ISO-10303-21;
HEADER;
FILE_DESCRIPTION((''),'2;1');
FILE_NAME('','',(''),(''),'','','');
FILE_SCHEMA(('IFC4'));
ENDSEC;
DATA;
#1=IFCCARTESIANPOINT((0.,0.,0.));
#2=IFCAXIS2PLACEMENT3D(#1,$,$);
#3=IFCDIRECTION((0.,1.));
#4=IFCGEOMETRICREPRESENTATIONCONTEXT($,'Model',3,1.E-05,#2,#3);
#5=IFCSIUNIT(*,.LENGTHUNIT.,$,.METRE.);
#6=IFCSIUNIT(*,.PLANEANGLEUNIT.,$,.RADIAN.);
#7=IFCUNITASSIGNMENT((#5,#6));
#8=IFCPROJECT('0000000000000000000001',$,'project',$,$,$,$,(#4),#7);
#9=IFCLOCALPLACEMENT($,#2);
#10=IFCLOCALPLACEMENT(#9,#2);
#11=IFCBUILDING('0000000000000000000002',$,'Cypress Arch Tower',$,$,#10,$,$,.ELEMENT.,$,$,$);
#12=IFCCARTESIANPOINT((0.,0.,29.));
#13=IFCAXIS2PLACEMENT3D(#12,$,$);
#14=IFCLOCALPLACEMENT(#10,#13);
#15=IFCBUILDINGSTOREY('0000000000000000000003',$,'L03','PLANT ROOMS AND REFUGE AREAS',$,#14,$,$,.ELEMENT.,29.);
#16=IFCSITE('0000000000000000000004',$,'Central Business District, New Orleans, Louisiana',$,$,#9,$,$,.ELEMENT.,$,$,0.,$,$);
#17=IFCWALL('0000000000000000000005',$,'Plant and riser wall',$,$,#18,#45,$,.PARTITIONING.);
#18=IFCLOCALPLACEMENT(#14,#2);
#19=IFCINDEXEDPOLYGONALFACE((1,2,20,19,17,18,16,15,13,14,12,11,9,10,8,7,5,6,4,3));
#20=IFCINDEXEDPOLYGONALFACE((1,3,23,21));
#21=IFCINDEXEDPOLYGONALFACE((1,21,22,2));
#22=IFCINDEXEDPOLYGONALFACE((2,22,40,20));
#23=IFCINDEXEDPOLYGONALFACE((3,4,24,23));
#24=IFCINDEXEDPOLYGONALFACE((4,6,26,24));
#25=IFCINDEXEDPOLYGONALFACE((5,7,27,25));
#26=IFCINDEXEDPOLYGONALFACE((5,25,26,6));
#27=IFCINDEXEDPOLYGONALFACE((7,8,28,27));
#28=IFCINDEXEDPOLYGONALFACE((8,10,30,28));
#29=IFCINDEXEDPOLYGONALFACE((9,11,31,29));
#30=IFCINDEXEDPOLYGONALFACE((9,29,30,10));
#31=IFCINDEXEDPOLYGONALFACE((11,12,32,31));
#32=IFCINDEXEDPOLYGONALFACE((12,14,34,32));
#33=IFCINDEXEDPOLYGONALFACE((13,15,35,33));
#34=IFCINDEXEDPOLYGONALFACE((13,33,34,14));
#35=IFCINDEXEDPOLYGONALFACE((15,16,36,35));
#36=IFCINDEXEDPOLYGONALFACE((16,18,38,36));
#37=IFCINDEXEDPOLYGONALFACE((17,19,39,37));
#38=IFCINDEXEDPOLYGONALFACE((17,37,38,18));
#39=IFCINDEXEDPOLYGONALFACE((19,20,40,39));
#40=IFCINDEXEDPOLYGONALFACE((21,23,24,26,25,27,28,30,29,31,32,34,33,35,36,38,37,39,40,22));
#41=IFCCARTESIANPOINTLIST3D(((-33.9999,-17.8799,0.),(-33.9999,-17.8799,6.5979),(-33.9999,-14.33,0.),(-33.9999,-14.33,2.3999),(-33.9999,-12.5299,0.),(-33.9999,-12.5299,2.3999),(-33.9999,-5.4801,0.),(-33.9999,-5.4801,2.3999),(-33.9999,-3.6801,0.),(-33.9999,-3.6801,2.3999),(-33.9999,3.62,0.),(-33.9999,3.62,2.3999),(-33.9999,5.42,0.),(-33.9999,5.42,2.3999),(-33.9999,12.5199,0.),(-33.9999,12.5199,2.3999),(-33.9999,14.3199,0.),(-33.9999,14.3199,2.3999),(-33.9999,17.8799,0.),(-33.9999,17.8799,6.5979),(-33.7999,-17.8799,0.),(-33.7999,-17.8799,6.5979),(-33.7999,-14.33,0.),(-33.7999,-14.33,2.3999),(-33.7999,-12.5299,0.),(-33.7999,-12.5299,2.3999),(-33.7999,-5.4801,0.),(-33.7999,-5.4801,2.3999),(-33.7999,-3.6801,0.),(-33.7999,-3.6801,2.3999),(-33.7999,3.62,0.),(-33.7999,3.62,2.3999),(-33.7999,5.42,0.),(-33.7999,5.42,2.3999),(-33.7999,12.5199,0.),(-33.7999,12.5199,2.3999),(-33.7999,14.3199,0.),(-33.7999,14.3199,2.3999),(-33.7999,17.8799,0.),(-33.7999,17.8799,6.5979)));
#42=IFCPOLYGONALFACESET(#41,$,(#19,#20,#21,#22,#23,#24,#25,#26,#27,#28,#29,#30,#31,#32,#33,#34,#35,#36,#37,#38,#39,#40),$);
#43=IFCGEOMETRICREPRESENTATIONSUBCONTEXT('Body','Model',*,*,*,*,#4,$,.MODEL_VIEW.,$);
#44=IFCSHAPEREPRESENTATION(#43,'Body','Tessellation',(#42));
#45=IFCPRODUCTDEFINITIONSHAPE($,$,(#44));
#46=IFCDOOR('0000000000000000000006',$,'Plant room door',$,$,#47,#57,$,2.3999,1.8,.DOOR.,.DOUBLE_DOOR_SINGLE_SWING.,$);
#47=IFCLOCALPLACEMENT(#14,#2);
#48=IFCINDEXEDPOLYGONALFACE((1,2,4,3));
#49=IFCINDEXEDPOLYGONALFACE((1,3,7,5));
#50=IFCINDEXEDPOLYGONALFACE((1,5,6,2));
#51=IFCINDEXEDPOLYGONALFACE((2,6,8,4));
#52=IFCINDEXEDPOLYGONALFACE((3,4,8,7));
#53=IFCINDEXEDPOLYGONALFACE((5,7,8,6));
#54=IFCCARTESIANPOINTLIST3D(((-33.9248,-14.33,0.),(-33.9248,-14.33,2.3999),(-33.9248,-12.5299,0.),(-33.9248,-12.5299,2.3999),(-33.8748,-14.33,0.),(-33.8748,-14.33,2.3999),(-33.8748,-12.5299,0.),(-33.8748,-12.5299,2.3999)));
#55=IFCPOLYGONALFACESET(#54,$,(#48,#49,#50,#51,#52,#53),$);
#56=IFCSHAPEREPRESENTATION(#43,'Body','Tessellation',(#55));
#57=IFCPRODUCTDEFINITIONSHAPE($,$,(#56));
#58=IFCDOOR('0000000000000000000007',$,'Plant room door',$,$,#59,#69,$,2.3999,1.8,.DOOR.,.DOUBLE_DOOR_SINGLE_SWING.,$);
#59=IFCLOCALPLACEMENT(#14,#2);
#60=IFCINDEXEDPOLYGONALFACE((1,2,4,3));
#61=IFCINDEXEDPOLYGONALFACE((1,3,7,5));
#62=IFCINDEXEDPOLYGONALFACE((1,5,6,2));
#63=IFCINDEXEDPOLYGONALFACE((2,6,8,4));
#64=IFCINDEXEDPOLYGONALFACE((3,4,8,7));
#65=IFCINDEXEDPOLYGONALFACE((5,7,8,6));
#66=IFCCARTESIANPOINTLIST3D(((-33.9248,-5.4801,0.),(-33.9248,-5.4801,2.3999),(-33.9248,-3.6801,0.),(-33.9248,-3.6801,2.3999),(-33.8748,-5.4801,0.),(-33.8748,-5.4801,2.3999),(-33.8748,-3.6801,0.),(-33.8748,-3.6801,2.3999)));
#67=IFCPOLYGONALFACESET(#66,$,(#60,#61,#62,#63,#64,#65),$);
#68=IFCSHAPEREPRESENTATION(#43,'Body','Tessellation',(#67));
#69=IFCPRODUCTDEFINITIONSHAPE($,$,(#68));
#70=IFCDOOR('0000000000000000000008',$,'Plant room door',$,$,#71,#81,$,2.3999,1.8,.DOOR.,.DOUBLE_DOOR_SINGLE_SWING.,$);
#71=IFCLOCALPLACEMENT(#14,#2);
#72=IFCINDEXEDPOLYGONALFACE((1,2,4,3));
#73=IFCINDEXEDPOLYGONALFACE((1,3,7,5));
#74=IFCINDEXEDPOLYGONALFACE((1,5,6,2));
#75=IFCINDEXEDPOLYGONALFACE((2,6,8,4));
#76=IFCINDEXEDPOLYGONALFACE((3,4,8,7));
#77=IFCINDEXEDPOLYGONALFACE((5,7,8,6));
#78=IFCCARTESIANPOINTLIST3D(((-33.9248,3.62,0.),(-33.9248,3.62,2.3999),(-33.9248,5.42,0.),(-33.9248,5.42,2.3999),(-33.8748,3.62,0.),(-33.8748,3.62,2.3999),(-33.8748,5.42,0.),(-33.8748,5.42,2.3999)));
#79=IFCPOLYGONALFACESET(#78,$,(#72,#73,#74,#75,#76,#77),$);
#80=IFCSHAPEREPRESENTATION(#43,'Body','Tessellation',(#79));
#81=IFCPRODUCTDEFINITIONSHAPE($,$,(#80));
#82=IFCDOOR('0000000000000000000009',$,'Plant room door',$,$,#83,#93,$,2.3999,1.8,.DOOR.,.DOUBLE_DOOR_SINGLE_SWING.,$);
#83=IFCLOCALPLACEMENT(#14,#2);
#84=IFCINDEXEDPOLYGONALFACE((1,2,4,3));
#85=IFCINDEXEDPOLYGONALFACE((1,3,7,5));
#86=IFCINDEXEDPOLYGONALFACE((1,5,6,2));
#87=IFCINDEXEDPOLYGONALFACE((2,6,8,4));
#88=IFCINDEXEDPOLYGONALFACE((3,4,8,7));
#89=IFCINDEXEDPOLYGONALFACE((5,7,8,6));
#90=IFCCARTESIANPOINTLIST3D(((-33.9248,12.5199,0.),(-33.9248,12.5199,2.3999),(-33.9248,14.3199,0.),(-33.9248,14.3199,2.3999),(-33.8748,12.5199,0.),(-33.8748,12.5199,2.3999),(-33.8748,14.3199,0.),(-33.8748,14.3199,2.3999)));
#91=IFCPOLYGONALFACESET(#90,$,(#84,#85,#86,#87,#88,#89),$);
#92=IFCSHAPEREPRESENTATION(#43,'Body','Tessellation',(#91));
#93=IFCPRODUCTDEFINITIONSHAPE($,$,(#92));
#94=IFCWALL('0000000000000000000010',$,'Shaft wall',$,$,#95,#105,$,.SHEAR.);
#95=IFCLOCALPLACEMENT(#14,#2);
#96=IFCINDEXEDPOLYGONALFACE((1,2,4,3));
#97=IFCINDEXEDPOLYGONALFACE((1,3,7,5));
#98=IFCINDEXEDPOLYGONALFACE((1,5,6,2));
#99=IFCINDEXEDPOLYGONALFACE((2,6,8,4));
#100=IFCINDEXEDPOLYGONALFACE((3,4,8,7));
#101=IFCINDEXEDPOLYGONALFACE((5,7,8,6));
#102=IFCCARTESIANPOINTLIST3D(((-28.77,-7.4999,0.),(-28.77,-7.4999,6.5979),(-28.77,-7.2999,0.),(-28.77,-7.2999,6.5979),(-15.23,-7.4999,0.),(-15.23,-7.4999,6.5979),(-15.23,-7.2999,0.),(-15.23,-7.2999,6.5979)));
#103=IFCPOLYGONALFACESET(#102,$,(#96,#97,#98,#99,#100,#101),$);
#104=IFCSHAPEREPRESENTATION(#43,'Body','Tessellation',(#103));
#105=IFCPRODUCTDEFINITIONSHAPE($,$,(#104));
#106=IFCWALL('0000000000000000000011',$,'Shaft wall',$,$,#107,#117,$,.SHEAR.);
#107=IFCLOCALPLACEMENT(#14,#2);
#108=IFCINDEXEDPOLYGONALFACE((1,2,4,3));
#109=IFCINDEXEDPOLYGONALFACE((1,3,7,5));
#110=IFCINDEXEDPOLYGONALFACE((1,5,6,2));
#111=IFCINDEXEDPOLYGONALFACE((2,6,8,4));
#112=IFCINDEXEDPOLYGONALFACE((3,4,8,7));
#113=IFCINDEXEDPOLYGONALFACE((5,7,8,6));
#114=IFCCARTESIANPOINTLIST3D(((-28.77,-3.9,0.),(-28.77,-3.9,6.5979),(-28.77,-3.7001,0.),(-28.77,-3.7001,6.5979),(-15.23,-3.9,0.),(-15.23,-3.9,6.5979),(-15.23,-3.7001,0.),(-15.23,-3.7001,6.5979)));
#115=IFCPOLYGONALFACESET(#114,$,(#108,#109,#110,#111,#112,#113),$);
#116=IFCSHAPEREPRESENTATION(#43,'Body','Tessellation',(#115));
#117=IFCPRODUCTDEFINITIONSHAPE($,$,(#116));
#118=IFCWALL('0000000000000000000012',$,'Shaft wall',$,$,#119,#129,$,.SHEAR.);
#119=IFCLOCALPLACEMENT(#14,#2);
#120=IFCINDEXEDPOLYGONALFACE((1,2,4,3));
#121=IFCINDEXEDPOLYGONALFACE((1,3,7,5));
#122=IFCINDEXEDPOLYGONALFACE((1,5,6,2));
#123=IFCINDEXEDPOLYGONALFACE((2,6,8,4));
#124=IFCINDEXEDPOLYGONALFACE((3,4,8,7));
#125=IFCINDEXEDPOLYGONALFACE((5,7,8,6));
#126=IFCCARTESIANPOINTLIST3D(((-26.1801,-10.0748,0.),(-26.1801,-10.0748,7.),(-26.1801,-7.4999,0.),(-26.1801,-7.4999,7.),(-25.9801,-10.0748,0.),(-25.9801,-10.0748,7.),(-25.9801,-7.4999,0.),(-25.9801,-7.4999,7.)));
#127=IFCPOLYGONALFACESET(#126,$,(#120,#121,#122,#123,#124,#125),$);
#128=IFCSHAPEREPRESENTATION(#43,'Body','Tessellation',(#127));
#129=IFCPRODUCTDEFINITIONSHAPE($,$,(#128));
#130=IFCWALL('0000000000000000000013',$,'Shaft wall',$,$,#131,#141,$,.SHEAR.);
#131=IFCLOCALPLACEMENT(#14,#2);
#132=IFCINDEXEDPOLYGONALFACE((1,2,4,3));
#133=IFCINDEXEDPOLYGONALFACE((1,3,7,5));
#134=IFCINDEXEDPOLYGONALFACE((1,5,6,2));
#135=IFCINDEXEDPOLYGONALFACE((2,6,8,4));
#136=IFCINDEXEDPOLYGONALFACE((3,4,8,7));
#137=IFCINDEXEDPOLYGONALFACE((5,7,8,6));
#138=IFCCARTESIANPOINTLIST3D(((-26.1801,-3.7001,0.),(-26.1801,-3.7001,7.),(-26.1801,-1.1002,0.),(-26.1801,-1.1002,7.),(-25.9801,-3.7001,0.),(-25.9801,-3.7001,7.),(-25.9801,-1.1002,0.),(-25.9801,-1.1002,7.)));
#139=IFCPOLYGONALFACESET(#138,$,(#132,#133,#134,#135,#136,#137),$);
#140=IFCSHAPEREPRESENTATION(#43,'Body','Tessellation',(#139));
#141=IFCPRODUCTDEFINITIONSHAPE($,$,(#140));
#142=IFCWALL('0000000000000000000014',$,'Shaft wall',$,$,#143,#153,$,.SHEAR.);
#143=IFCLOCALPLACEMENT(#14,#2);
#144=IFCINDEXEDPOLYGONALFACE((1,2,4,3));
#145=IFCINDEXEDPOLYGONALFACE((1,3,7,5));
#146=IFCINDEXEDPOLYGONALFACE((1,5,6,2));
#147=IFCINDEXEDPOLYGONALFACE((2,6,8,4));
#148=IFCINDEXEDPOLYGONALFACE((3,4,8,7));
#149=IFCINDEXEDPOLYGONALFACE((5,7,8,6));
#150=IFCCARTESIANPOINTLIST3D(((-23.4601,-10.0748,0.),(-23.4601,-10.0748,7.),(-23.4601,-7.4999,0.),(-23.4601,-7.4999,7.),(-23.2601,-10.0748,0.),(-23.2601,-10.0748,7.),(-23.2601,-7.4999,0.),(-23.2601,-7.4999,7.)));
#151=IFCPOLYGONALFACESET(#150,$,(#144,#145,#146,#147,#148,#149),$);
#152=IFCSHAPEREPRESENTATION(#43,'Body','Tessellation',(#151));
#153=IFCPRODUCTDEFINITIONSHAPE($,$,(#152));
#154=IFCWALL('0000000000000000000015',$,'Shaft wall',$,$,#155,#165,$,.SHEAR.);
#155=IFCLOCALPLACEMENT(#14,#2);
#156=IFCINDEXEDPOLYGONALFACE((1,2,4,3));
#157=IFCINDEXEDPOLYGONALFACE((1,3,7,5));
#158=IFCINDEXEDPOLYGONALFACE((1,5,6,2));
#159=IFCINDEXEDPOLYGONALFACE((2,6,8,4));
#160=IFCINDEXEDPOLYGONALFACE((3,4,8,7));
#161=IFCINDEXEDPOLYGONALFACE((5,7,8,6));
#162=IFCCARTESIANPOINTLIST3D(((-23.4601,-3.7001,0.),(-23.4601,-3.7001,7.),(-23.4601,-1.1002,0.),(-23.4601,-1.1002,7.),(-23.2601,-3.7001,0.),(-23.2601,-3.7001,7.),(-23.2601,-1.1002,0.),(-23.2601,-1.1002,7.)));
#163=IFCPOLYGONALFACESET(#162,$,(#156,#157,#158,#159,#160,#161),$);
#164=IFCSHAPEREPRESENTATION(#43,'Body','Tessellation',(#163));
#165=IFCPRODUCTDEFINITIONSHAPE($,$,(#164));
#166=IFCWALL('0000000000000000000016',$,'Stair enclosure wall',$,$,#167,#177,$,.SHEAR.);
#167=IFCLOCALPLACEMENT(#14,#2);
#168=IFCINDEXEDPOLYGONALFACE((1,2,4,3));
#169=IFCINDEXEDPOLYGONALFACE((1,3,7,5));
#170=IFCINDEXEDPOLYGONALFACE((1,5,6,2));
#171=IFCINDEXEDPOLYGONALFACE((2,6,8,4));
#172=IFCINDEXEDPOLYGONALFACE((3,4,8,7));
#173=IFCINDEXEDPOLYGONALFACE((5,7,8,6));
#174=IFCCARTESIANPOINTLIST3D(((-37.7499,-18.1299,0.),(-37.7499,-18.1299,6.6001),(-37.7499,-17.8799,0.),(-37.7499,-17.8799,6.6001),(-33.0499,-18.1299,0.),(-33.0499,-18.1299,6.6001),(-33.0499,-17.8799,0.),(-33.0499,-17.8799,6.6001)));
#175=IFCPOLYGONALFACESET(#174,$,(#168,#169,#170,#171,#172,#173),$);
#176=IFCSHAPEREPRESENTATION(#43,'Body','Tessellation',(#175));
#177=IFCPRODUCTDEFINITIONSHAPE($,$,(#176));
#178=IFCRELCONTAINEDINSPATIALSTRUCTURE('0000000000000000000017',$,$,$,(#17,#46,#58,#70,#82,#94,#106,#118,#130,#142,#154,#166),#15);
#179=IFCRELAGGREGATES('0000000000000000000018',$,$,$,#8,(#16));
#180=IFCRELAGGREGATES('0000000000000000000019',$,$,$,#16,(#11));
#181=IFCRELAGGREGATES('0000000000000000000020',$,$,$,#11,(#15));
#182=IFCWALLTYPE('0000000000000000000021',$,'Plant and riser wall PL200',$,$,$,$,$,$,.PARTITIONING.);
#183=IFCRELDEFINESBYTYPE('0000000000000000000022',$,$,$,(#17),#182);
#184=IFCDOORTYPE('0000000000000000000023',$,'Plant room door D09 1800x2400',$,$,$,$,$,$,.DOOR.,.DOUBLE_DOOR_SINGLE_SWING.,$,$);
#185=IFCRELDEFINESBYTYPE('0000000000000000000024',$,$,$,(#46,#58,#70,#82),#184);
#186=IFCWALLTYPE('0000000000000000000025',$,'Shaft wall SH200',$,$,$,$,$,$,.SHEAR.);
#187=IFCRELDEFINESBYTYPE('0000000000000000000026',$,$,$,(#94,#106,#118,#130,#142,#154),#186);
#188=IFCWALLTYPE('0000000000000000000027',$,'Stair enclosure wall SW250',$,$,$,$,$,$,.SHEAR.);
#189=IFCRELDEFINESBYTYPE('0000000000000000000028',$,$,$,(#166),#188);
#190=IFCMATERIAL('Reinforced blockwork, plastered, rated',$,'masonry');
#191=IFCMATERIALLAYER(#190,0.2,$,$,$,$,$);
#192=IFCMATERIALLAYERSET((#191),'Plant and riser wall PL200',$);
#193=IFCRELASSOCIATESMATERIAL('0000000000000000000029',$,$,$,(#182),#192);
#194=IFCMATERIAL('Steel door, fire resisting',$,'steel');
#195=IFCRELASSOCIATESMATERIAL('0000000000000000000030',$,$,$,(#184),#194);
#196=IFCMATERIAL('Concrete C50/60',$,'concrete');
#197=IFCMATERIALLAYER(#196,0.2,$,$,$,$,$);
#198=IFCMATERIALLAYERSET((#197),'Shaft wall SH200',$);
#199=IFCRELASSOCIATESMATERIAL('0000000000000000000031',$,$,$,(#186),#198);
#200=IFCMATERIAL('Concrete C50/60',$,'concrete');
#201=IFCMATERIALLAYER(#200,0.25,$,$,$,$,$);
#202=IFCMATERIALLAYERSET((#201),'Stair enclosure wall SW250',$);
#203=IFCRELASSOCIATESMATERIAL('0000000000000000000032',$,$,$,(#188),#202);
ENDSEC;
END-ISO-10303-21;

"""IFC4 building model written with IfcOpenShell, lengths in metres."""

from ifc_helpers import new_model, si_unit, direction, frame, frame_2d, origin, place, context, subcontext, project, spatial, rectangle, extrude, material, layer, layer_set, type_object, element, fill, save


model = new_model("IFC4")

# Units and contexts
model_context = context("Model", 3, precision=1e-05, world=origin(), true_north=direction((0.0, 1.0)))
body_context = subcontext(model_context, "Body", "Model", "MODEL_VIEW")
ifc_project = project(units=[si_unit("LENGTHUNIT", "METRE"), si_unit("PLANEANGLEUNIT", "RADIAN")], contexts=[model_context])

# Site, building, storey
site_placement = place(None, origin())
site = spatial("IfcSite", under=ifc_project, at=site_placement, Name="Central Business District, New Orleans, Louisiana", CompositionType="ELEMENT", RefElevation=0.0)
building_placement = place(site_placement, origin())
building = spatial("IfcBuilding", under=site, at=building_placement, Name="Cypress Arch Tower", CompositionType="ELEMENT")
storey_placement = place(building_placement, frame((0.0, 0.0, 29.0)))
storey = spatial("IfcBuildingStorey", under=building, at=storey_placement, Name="L03", Description="PLANT ROOMS AND REFUGE AREAS", CompositionType="ELEMENT", Elevation=29.0)

# Shared definitions
ifc_material_1 = material(Name="Reinforced blockwork, plastered, rated", Category="masonry")
ifc_layer_1 = layer(ifc_material_1, 0.2)
ifc_layer_set_1 = layer_set([ifc_layer_1], Name="Plant and riser wall PL200")
wall_type_1 = type_object("IfcWallType", Name="Plant and riser wall PL200", PredefinedType="PARTITIONING", material=ifc_layer_set_1)

# Wall, openings, doors
wall_1_placement = place(storey_placement, frame((-33.8999, -17.8799, 0.0), z_axis=(0.0, 0.0, 1.0), x_axis=(0.0, 1.0, 0.0)))
wall_1 = element("IfcWall", 1, at=wall_1_placement, inside=storey, type_object=wall_type_1, Name="Plant and riser wall", PredefinedType="PARTITIONING", context=body_context, shape_type="SweptSolid", body=[
    extrude(rectangle(XDim=35.7598, YDim=0.2, at=frame_2d((17.8799, 0.0))), origin(), (0.0, 0.0, 1.0), 6.5979),
])
opening_1_placement = place(wall_1_placement, frame((3.55, 0.0, 0.0)))
opening_1 = element("IfcOpeningElement", 2, at=opening_1_placement, cuts=wall_1, PredefinedType="OPENING", context=body_context, shape_type="SweptSolid", body=[
    extrude(rectangle(XDim=1.8, YDim=2.3999, at=frame_2d((0.8999, 1.2))), frame((0.0, 0.1099, 0.0), z_axis=(0.0, -1.0, 0.0), x_axis=(1.0, 0.0, 0.0)), (0.0, 0.0, 1.0), 0.22),
])
opening_2_placement = place(wall_1_placement, frame((12.3999, 0.0, 0.0)))
opening_2 = element("IfcOpeningElement", 3, at=opening_2_placement, cuts=wall_1, PredefinedType="OPENING", context=body_context, shape_type="SweptSolid", body=[
    extrude(rectangle(XDim=1.8, YDim=2.3999, at=frame_2d((0.8999, 1.2))), frame((0.0, 0.1099, 0.0), z_axis=(0.0, -1.0, 0.0), x_axis=(1.0, 0.0, 0.0)), (0.0, 0.0, 1.0), 0.22),
])
opening_3_placement = place(wall_1_placement, frame((21.5, 0.0, 0.0)))
opening_3 = element("IfcOpeningElement", 4, at=opening_3_placement, cuts=wall_1, PredefinedType="OPENING", context=body_context, shape_type="SweptSolid", body=[
    extrude(rectangle(XDim=1.8, YDim=2.3999, at=frame_2d((0.8999, 1.2))), frame((0.0, 0.1099, 0.0), z_axis=(0.0, -1.0, 0.0), x_axis=(1.0, 0.0, 0.0)), (0.0, 0.0, 1.0), 0.22),
])
opening_4_placement = place(wall_1_placement, frame((30.3999, 0.0, 0.0)))
opening_4 = element("IfcOpeningElement", 5, at=opening_4_placement, cuts=wall_1, PredefinedType="OPENING", context=body_context, shape_type="SweptSolid", body=[
    extrude(rectangle(XDim=1.8, YDim=2.3999, at=frame_2d((0.8999, 1.2))), frame((0.0, 0.1099, 0.0), z_axis=(0.0, -1.0, 0.0), x_axis=(1.0, 0.0, 0.0)), (0.0, 0.0, 1.0), 0.22),
])
ifc_material_2 = material(Name="Steel door, fire resisting", Category="steel")
door_type = type_object("IfcDoorType", Name="Plant room door D09 1800x2400", OperationType="DOUBLE_DOOR_SINGLE_SWING", PredefinedType="DOOR", material=ifc_material_2)
door_1_placement = place(opening_1_placement, origin())
door_1 = element("IfcDoor", 6, at=door_1_placement, inside=storey, type_object=door_type, Name="Plant room door", OperationType="DOUBLE_DOOR_SINGLE_SWING", OverallHeight=2.3999, OverallWidth=1.8, PredefinedType="DOOR", context=body_context, shape_type="SweptSolid", body=[
    extrude(rectangle(XDim=1.8, YDim=2.3999, at=frame_2d((0.8999, 1.2))), frame((0.0, 0.0249, 0.0), z_axis=(0.0, -1.0, 0.0), x_axis=(1.0, 0.0, 0.0)), (0.0, 0.0, 1.0), 0.05),
])
fill(opening_1, door_1)
door_2_placement = place(opening_2_placement, origin())
door_2 = element("IfcDoor", 7, at=door_2_placement, inside=storey, type_object=door_type, Name="Plant room door", OperationType="DOUBLE_DOOR_SINGLE_SWING", OverallHeight=2.3999, OverallWidth=1.8, PredefinedType="DOOR", context=body_context, shape_type="SweptSolid", body=[
    extrude(rectangle(XDim=1.8, YDim=2.3999, at=frame_2d((0.8999, 1.2))), frame((0.0, 0.0249, 0.0), z_axis=(0.0, -1.0, 0.0), x_axis=(1.0, 0.0, 0.0)), (0.0, 0.0, 1.0), 0.05),
])
fill(opening_2, door_2)
door_3_placement = place(opening_3_placement, origin())
door_3 = element("IfcDoor", 8, at=door_3_placement, inside=storey, type_object=door_type, Name="Plant room door", OperationType="DOUBLE_DOOR_SINGLE_SWING", OverallHeight=2.3999, OverallWidth=1.8, PredefinedType="DOOR", context=body_context, shape_type="SweptSolid", body=[
    extrude(rectangle(XDim=1.8, YDim=2.3999, at=frame_2d((0.8999, 1.2))), frame((0.0, 0.0249, 0.0), z_axis=(0.0, -1.0, 0.0), x_axis=(1.0, 0.0, 0.0)), (0.0, 0.0, 1.0), 0.05),
])
fill(opening_3, door_3)
door_4_placement = place(opening_4_placement, origin())
door_4 = element("IfcDoor", 9, at=door_4_placement, inside=storey, type_object=door_type, Name="Plant room door", OperationType="DOUBLE_DOOR_SINGLE_SWING", OverallHeight=2.3999, OverallWidth=1.8, PredefinedType="DOOR", context=body_context, shape_type="SweptSolid", body=[
    extrude(rectangle(XDim=1.8, YDim=2.3999, at=frame_2d((0.8999, 1.2))), frame((0.0, 0.0249, 0.0), z_axis=(0.0, -1.0, 0.0), x_axis=(1.0, 0.0, 0.0)), (0.0, 0.0, 1.0), 0.05),
])
fill(opening_4, door_4)

# Walls
ifc_material_3 = material(Name="Concrete C50/60", Category="concrete")
ifc_layer_2 = layer(ifc_material_3, 0.2)
ifc_layer_set_2 = layer_set([ifc_layer_2], Name="Shaft wall SH200")
wall_type_2 = type_object("IfcWallType", Name="Shaft wall SH200", PredefinedType="SHEAR", material=ifc_layer_set_2)
for number, where, z_axis, x_axis, name in (
    (10, (-28.77, -7.3999, 0.0), (0.0, 0.0, 1.0), (1.0, 0.0, 0.0), "Shaft wall"),
    (11, (-28.77, -3.8, 0.0), (0.0, 0.0, 1.0), (1.0, 0.0, 0.0), "Shaft wall"),
):
    element("IfcWall", number, at=place(storey_placement, frame(where, z_axis=z_axis, x_axis=x_axis)), inside=storey, type_object=wall_type_2, Name=name, PredefinedType="SHEAR", context=body_context, shape_type="SweptSolid", body=[
        extrude(rectangle(XDim=13.54, YDim=0.2, at=frame_2d((6.77, 0.0))), origin(), (0.0, 0.0, 1.0), 6.5979),
    ])
wall_2_placement = place(storey_placement, frame((-26.0801, -10.075, 0.0), z_axis=(0.0, 0.0, 1.0), x_axis=(0.0, 1.0, 0.0)))
element("IfcWall", 12, at=wall_2_placement, inside=storey, type_object=wall_type_2, Name="Shaft wall", PredefinedType="SHEAR", context=body_context, shape_type="SweptSolid", body=[
    extrude(rectangle(XDim=2.575, YDim=0.2, at=frame_2d((1.2876, 0.0))), origin(), (0.0, 0.0, 1.0), 7.0),
])
wall_3_placement = place(storey_placement, frame((-26.0801, -3.7, 0.0), z_axis=(0.0, 0.0, 1.0), x_axis=(0.0, 1.0, 0.0)))
element("IfcWall", 13, at=wall_3_placement, inside=storey, type_object=wall_type_2, Name="Shaft wall", PredefinedType="SHEAR", context=body_context, shape_type="SweptSolid", body=[
    extrude(rectangle(XDim=2.5999, YDim=0.2, at=frame_2d((1.2998, 0.0))), origin(), (0.0, 0.0, 1.0), 7.0),
])
wall_4_placement = place(storey_placement, frame((-23.3601, -10.075, 0.0), z_axis=(0.0, 0.0, 1.0), x_axis=(0.0, 1.0, 0.0)))
element("IfcWall", 14, at=wall_4_placement, inside=storey, type_object=wall_type_2, Name="Shaft wall", PredefinedType="SHEAR", context=body_context, shape_type="SweptSolid", body=[
    extrude(rectangle(XDim=2.575, YDim=0.2, at=frame_2d((1.2876, 0.0))), origin(), (0.0, 0.0, 1.0), 7.0),
])
wall_5_placement = place(storey_placement, frame((-23.3601, -3.7, 0.0), z_axis=(0.0, 0.0, 1.0), x_axis=(0.0, 1.0, 0.0)))
element("IfcWall", 15, at=wall_5_placement, inside=storey, type_object=wall_type_2, Name="Shaft wall", PredefinedType="SHEAR", context=body_context, shape_type="SweptSolid", body=[
    extrude(rectangle(XDim=2.5999, YDim=0.2, at=frame_2d((1.2998, 0.0))), origin(), (0.0, 0.0, 1.0), 7.0),
])
ifc_material_4 = material(Name="Concrete C50/60", Category="concrete")
ifc_layer_3 = layer(ifc_material_4, 0.25)
ifc_layer_set_3 = layer_set([ifc_layer_3], Name="Stair enclosure wall SW250")
wall_type_3 = type_object("IfcWallType", Name="Stair enclosure wall SW250", PredefinedType="SHEAR", material=ifc_layer_set_3)
wall_6_placement = place(storey_placement, frame((-37.75, -18.0049, 0.0), z_axis=(0.0, 0.0, 1.0), x_axis=(1.0, 0.0, 0.0)))
element("IfcWall", 16, at=wall_6_placement, inside=storey, type_object=wall_type_3, Name="Stair enclosure wall", PredefinedType="SHEAR", context=body_context, shape_type="SweptSolid", body=[
    extrude(rectangle(XDim=4.7, YDim=0.25, at=frame_2d((2.3501, 0.0))), origin(), (0.0, 0.0, 1.0), 6.6001),
])

save(model, "model.ifc")
